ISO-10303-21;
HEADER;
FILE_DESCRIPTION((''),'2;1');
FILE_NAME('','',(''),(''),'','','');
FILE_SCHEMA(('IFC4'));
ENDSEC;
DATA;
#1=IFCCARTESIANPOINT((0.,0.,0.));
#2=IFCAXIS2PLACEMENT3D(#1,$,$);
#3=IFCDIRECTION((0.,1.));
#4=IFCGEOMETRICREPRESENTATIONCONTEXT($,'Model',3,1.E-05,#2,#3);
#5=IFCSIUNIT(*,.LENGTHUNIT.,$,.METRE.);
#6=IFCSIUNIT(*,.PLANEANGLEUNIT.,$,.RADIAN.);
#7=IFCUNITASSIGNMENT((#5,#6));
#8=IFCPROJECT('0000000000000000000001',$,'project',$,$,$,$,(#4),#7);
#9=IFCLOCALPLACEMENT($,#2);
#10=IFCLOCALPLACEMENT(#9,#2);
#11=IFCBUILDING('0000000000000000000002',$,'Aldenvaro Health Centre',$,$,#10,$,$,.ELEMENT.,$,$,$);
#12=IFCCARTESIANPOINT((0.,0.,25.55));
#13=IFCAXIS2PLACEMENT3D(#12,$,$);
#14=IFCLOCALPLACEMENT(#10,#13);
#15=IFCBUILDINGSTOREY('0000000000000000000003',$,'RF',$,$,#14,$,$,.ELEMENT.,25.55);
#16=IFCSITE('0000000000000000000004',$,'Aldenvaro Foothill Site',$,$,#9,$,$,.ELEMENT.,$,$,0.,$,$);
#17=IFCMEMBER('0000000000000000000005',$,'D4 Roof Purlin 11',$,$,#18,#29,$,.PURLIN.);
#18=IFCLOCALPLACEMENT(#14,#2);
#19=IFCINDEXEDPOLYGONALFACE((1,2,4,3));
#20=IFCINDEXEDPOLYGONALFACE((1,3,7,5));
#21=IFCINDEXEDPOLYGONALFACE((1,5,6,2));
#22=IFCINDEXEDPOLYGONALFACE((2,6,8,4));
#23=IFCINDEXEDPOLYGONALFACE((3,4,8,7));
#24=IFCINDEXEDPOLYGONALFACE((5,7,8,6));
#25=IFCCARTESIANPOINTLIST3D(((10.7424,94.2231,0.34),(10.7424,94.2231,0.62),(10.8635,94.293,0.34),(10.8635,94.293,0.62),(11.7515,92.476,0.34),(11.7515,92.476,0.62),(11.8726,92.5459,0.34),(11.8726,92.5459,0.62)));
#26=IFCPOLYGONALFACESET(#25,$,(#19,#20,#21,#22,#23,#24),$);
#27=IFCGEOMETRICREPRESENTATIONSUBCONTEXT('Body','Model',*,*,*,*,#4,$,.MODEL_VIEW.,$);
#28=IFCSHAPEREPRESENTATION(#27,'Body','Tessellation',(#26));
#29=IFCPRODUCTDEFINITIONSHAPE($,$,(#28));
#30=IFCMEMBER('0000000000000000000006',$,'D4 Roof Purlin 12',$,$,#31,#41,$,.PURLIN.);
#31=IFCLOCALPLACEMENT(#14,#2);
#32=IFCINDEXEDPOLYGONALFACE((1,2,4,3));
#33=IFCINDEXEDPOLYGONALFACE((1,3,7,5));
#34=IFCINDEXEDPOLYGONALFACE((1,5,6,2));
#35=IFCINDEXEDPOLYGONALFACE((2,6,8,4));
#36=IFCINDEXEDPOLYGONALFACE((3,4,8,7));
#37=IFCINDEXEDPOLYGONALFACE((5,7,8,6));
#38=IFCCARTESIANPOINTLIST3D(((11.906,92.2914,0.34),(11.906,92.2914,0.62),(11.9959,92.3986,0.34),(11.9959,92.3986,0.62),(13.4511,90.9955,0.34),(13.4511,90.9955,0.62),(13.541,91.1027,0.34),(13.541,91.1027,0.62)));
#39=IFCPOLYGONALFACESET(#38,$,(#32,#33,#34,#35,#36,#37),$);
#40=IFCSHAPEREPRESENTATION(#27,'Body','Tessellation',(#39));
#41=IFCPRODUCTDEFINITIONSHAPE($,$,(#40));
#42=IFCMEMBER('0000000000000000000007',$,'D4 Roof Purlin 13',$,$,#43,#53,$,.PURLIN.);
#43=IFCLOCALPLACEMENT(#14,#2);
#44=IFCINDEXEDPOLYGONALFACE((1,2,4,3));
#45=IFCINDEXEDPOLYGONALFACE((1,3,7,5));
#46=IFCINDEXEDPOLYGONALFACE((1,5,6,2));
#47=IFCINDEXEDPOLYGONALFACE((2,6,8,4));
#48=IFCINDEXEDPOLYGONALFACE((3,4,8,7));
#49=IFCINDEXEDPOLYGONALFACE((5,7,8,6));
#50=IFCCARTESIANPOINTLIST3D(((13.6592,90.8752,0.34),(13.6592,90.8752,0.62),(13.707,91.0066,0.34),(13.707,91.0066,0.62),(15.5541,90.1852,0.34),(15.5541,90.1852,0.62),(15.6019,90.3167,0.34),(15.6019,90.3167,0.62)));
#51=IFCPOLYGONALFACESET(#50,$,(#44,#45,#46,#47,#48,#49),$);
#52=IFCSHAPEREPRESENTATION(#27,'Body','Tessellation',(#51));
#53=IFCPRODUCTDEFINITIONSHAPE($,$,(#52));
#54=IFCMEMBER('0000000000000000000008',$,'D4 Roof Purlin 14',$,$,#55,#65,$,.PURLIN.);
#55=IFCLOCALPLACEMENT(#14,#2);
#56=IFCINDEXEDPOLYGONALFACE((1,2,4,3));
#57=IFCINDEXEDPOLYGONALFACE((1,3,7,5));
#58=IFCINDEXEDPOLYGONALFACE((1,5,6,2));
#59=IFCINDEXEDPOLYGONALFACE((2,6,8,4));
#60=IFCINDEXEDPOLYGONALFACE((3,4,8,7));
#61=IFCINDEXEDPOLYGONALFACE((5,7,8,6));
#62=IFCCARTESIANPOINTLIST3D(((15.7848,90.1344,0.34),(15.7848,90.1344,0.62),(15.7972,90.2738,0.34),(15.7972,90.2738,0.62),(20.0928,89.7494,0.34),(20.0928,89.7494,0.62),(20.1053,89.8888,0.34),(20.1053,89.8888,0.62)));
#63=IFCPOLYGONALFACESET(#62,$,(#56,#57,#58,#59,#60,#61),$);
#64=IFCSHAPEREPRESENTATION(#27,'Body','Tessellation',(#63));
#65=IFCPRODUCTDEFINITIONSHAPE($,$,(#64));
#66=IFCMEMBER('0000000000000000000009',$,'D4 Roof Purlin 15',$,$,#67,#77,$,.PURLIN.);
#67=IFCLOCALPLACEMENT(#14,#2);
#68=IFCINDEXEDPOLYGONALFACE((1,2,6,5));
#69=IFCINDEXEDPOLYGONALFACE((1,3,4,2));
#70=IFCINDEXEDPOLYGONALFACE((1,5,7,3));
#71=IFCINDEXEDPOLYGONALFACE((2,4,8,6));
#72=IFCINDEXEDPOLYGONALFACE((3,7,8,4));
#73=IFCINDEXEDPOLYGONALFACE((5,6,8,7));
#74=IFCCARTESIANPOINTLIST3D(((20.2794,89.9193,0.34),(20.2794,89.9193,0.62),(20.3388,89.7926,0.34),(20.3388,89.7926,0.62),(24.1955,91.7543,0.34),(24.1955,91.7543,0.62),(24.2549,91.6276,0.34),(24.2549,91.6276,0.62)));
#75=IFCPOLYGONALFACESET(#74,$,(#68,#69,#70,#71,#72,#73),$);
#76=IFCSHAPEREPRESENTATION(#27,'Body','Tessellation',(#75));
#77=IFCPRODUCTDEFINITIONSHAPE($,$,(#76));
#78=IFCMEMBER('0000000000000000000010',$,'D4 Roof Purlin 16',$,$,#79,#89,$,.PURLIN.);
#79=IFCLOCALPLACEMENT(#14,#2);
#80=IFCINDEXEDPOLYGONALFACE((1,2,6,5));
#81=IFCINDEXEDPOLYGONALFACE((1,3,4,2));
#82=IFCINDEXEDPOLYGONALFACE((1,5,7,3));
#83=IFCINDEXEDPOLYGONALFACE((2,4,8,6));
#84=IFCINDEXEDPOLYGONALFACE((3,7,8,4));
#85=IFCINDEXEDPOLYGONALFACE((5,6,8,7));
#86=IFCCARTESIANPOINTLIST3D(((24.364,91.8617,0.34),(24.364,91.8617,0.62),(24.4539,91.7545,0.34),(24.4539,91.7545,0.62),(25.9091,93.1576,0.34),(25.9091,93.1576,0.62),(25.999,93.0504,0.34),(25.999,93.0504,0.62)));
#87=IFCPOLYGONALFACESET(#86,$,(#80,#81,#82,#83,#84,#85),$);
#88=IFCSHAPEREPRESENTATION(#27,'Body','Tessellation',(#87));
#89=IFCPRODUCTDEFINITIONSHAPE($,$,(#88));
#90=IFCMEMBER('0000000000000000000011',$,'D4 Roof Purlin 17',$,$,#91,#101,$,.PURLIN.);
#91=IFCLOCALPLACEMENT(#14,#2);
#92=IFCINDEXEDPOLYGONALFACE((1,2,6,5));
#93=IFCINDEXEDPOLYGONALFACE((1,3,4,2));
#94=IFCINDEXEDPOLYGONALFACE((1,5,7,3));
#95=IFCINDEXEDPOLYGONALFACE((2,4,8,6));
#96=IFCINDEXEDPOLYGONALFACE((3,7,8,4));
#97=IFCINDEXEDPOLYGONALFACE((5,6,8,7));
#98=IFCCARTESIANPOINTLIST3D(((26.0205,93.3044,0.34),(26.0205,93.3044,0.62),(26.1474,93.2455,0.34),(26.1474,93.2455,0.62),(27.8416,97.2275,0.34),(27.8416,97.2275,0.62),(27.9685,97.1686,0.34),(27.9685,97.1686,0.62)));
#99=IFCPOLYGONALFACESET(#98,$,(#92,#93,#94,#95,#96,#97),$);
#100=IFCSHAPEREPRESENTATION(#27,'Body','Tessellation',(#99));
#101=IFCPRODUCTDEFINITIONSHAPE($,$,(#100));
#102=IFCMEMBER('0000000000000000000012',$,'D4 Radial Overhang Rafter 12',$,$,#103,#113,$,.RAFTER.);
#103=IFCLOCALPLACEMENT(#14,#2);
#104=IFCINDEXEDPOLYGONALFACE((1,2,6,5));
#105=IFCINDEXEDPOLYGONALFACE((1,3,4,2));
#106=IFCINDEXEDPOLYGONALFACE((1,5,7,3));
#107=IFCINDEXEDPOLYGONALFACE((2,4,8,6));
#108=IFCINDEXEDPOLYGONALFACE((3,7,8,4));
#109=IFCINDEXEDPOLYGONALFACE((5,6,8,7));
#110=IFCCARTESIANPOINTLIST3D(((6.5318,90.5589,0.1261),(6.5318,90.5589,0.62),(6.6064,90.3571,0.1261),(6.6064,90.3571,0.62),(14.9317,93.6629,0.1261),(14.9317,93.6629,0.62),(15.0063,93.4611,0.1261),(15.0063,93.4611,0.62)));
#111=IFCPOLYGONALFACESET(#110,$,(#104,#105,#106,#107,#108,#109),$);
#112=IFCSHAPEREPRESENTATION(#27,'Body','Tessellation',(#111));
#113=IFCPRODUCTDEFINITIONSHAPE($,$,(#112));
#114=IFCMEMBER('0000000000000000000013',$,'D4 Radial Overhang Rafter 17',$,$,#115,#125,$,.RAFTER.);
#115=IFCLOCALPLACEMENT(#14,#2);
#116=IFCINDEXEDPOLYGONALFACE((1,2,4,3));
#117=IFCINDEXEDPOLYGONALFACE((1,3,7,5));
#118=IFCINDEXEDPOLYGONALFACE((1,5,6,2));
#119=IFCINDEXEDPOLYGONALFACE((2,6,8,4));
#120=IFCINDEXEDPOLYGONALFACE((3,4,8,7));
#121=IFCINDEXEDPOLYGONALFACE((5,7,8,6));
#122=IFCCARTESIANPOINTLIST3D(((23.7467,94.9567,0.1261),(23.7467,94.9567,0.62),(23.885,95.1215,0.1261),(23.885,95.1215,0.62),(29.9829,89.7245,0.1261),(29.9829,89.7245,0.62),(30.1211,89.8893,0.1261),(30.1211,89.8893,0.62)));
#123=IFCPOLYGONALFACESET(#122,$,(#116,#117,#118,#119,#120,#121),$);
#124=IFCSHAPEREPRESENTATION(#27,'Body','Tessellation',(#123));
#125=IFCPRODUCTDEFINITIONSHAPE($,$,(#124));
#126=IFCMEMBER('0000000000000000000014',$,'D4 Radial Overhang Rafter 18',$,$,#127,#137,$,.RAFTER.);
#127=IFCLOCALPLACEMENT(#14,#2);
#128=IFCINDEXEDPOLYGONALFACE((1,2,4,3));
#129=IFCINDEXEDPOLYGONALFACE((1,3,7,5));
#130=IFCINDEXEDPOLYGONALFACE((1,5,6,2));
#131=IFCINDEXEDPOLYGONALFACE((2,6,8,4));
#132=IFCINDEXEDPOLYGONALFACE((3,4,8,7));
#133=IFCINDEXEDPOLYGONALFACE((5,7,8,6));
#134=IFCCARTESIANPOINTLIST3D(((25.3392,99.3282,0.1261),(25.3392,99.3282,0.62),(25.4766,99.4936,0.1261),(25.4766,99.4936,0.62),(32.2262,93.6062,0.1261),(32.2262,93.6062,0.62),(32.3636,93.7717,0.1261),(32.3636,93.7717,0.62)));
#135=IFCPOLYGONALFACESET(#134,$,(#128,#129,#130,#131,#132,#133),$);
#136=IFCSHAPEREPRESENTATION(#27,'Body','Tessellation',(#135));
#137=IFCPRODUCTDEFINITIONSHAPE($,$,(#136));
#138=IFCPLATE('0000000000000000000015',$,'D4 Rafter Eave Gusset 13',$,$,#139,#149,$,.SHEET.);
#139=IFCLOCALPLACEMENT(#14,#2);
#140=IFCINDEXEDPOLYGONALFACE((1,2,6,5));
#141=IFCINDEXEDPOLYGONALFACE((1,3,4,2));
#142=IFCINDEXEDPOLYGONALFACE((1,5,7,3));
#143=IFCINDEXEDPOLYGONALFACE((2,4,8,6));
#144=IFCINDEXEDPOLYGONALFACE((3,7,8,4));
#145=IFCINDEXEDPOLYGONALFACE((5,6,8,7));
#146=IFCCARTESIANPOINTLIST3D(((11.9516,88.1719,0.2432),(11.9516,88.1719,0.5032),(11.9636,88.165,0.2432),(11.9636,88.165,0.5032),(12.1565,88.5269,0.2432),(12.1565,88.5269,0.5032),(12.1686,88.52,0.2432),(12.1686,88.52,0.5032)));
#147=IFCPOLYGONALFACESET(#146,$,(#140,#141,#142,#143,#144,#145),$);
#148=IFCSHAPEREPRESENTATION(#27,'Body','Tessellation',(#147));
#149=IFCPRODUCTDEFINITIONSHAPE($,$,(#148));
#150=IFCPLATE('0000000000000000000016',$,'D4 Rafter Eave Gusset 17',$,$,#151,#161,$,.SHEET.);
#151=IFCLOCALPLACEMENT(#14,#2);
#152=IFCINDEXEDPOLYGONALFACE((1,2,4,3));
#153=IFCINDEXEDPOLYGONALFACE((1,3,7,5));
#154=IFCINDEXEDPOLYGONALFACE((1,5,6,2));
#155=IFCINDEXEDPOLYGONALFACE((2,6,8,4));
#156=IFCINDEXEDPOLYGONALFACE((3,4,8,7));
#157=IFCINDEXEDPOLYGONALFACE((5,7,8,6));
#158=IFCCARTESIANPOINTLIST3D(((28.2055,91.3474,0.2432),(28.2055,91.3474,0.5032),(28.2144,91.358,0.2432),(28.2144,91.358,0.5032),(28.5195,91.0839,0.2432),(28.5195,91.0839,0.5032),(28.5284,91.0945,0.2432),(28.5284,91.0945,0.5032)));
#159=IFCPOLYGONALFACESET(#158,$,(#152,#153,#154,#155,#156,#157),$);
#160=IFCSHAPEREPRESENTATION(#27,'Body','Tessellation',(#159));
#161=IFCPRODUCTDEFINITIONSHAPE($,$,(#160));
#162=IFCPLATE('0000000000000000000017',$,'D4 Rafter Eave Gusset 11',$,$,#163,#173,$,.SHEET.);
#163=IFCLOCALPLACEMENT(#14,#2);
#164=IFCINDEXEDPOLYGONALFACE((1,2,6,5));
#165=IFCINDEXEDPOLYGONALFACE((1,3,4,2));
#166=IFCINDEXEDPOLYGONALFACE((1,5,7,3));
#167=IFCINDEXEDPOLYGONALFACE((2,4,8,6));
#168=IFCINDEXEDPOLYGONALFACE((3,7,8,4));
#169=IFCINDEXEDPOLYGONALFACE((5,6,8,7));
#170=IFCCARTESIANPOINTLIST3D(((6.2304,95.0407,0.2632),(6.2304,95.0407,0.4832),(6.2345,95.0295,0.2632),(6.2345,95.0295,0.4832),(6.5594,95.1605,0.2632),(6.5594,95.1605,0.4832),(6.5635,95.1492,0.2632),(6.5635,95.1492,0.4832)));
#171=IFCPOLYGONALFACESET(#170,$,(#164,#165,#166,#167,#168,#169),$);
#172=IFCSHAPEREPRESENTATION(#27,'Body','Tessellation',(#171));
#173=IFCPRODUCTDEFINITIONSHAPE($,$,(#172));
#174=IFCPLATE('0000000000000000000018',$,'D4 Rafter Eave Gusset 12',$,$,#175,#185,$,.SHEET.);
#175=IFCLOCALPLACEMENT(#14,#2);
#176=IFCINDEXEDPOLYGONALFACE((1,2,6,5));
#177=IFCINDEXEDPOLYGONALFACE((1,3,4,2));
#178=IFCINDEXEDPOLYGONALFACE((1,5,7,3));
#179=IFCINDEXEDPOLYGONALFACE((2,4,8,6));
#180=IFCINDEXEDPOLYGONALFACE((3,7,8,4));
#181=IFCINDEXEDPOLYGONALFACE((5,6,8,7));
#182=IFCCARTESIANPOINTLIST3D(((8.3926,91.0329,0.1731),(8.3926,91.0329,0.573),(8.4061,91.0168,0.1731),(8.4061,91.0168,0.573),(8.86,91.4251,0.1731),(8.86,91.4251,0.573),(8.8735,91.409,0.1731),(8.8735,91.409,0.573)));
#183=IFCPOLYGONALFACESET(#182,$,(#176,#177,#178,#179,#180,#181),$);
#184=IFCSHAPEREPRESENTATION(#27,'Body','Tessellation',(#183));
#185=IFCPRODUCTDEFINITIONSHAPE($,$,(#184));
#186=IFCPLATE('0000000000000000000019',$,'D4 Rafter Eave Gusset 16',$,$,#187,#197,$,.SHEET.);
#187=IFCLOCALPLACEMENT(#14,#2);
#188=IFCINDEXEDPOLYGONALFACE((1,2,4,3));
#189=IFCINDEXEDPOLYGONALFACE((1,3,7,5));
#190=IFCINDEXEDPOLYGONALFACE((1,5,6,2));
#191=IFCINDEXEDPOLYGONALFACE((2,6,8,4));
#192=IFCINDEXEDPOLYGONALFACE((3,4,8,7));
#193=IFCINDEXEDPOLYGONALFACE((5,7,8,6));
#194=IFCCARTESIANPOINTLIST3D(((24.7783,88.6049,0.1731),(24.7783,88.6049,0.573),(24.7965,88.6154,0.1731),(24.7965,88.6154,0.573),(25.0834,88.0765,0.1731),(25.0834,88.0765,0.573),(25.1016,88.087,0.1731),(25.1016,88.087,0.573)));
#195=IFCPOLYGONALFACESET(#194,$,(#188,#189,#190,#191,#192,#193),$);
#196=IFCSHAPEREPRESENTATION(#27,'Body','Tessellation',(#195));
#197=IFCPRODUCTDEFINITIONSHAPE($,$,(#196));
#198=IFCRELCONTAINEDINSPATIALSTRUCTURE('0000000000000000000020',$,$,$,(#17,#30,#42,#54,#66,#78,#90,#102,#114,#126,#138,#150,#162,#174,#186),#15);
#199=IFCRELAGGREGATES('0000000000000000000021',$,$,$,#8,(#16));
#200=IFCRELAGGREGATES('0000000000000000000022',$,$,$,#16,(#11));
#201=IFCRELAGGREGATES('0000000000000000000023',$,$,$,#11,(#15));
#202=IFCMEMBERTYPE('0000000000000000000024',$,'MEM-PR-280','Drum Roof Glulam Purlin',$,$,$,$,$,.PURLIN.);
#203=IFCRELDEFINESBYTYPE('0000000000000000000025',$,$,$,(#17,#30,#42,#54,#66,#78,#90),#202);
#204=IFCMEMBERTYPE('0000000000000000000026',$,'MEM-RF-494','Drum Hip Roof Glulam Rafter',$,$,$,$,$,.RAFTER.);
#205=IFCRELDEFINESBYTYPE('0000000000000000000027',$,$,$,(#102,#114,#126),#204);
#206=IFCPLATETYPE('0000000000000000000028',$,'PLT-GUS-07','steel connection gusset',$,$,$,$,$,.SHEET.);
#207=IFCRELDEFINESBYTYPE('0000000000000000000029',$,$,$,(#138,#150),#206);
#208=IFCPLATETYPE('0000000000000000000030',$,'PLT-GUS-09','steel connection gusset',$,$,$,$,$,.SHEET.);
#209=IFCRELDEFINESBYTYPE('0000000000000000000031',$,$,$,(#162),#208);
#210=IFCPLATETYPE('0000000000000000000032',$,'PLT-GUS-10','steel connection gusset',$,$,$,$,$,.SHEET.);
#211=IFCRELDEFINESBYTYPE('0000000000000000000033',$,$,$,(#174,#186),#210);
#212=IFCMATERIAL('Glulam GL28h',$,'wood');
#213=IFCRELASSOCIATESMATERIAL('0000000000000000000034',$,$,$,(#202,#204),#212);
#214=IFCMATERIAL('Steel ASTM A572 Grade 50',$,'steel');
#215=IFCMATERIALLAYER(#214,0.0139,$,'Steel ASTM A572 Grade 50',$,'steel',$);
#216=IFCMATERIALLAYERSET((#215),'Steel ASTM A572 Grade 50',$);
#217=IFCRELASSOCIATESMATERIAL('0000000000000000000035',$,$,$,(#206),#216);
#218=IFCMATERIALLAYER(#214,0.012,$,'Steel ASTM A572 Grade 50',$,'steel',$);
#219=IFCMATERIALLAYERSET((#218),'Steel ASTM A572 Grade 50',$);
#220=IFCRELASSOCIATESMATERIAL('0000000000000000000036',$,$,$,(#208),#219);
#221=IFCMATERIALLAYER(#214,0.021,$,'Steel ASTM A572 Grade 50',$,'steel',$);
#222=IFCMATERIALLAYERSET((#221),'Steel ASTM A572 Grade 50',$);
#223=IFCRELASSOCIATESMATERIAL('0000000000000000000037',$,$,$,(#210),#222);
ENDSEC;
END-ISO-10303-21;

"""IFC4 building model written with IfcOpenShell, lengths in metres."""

from ifc_helpers import new_model, si_unit, direction, frame, origin, origin_2d, place, context, subcontext, project, spatial, rectangle, extrude, material, layer, layer_set, material_profile, profile_set, type_object, element, save


model = new_model("IFC4")

# Units and contexts
model_context = context("Model", 3, precision=1e-05, world=origin(), true_north=direction((0.0, 1.0)))
body_context = subcontext(model_context, "Body", "Model", "MODEL_VIEW")
ifc_project = project(units=[si_unit("LENGTHUNIT", "METRE"), si_unit("PLANEANGLEUNIT", "RADIAN")], contexts=[model_context])

# Site, building, storey
site_placement = place(None, origin())
site = spatial("IfcSite", under=ifc_project, at=site_placement, Name="Aldenvaro Foothill Site", CompositionType="ELEMENT", RefElevation=0.0)
building_placement = place(site_placement, origin())
building = spatial("IfcBuilding", under=site, at=building_placement, Name="Aldenvaro Health Centre", CompositionType="ELEMENT")
storey_placement = place(building_placement, frame((0.0, 0.0, 25.55)))
storey = spatial("IfcBuildingStorey", under=building, at=storey_placement, Name="RF", CompositionType="ELEMENT", Elevation=25.55)

# Shared definitions
ifc_material_1 = material(Name="Glulam GL28h", Category="wood")

# Members
ifc_material_profile_1 = material_profile(ifc_material_1, rectangle(XDim=0.1399, YDim=0.28, at=origin_2d()), Name="GL 140x280", Category="wood")
ifc_profile_set_1 = profile_set([ifc_material_profile_1], Name="Glulam GL28h")
member_type_1 = type_object("IfcMemberType", Name="MEM-PR-280", Description="Drum Roof Glulam Purlin", PredefinedType="PURLIN", material=ifc_profile_set_1)
member_1_placement = place(storey_placement, frame((10.803, 94.2581, 0.48), z_axis=(0.500134, -0.865948, 0.0), x_axis=(0.865948, 0.500134, 0.0)))
element("IfcMember", 1, at=member_1_placement, inside=storey, type_object=member_type_1, Name="D4 Roof Purlin 11", PredefinedType="PURLIN", context=body_context, shape_type="SweptSolid", body=[
    extrude(rectangle(XDim=0.1399, YDim=0.28, at=origin_2d()), origin(), (0.0, 0.0, 1.0), 2.0176),
])
for number, where, z_axis, x_axis, name in (
    (2, (11.9509, 92.345, 0.48), (0.766203, -0.642599, 0.0), (0.642599, 0.766203, 0.0), "D4 Roof Purlin 12"),
    (3, (13.6831, 90.9409, 0.48), (0.939645, -0.342151, 0.0), (0.342151, 0.939645, 0.0), "D4 Roof Purlin 13"),
):
    element("IfcMember", number, at=place(storey_placement, frame(where, z_axis=z_axis, x_axis=x_axis)), inside=storey, type_object=member_type_1, Name=name, PredefinedType="PURLIN", context=body_context, shape_type="SweptSolid", body=[
        extrude(rectangle(XDim=0.1399, YDim=0.28, at=origin_2d()), origin(), (0.0, 0.0, 1.0), 2.0166),
    ])
member_2_placement = place(storey_placement, frame((15.791, 90.2041, 0.48), z_axis=(0.99603, -0.089014, 0.0), x_axis=(0.089014, 0.99603, 0.0)))
element("IfcMember", 4, at=member_2_placement, inside=storey, type_object=member_type_1, Name="D4 Roof Purlin 14", PredefinedType="PURLIN", context=body_context, shape_type="SweptSolid", body=[
    extrude(rectangle(XDim=0.1399, YDim=0.28, at=origin_2d()), origin(), (0.0, 0.0, 1.0), 4.3252),
])
member_3_placement = place(storey_placement, frame((20.3091, 89.856, 0.48), z_axis=(0.905519, 0.424307, 0.0), x_axis=(-0.424307, 0.905519, 0.0)))
element("IfcMember", 5, at=member_3_placement, inside=storey, type_object=member_type_1, Name="D4 Roof Purlin 15", PredefinedType="PURLIN", context=body_context, shape_type="SweptSolid", body=[
    extrude(rectangle(XDim=0.1399, YDim=0.28, at=origin_2d()), origin(), (0.0, 0.0, 1.0), 4.3247),
])
member_4_placement = place(storey_placement, frame((24.4089, 91.8081, 0.48), z_axis=(0.766203, 0.642599, 0.0), x_axis=(-0.642599, 0.766203, 0.0)))
element("IfcMember", 6, at=member_4_placement, inside=storey, type_object=member_type_1, Name="D4 Roof Purlin 16", PredefinedType="PURLIN", context=body_context, shape_type="SweptSolid", body=[
    extrude(rectangle(XDim=0.1399, YDim=0.28, at=origin_2d()), origin(), (0.0, 0.0, 1.0), 2.0166),
])
member_5_placement = place(storey_placement, frame((26.084, 93.2749, 0.48), z_axis=(0.421037, 0.907044, 0.0), x_axis=(-0.907044, 0.421037, 0.0)))
element("IfcMember", 7, at=member_5_placement, inside=storey, type_object=member_type_1, Name="D4 Roof Purlin 17", PredefinedType="PURLIN", context=body_context, shape_type="SweptSolid", body=[
    extrude(rectangle(XDim=0.1399, YDim=0.28, at=origin_2d()), origin(), (0.0, 0.0, 1.0), 4.3252),
])
ifc_material_profile_2 = material_profile(ifc_material_1, rectangle(XDim=0.2151, YDim=0.4939, at=origin_2d()), Name="GL 215x494", Category="wood")
ifc_profile_set_2 = profile_set([ifc_material_profile_2], Name="Glulam GL28h")
member_type_2 = type_object("IfcMemberType", Name="MEM-RF-494", Description="Drum Hip Roof Glulam Rafter", PredefinedType="RAFTER", material=ifc_profile_set_2)
member_6_placement = place(storey_placement, frame((6.5691, 90.458, 0.373), z_axis=(0.938006, 0.34662, 0.0), x_axis=(-0.34662, 0.938006, 0.0)))
element("IfcMember", 8, at=member_6_placement, inside=storey, type_object=member_type_2, Name="D4 Radial Overhang Rafter 12", PredefinedType="RAFTER", context=body_context, shape_type="SweptSolid", body=[
    extrude(rectangle(XDim=0.2151, YDim=0.4939, at=origin_2d()), origin(), (0.0, 0.0, 1.0), 8.9551),
])
member_7_placement = place(storey_placement, frame((30.052, 89.8069, 0.373), z_axis=(-0.766076, 0.64275, 0.0), x_axis=(-0.64275, -0.766076, 0.0)))
element("IfcMember", 9, at=member_7_placement, inside=storey, type_object=member_type_2, Name="D4 Radial Overhang Rafter 17", PredefinedType="RAFTER", context=body_context, shape_type="SweptSolid", body=[
    extrude(rectangle(XDim=0.2151, YDim=0.4939, at=origin_2d()), origin(), (0.0, 0.0, 1.0), 8.1404),
])
member_8_placement = place(storey_placement, frame((32.2949, 93.689, 0.373), z_axis=(-0.769166, 0.639049, 0.0), x_axis=(-0.639049, -0.769166, 0.0)))
element("IfcMember", 10, at=member_8_placement, inside=storey, type_object=member_type_2, Name="D4 Radial Overhang Rafter 18", PredefinedType="RAFTER", context=body_context, shape_type="SweptSolid", body=[
    extrude(rectangle(XDim=0.2151, YDim=0.4939, at=origin_2d()), origin(), (0.0, 0.0, 1.0), 8.9539),
])

# Plates
ifc_material_2 = material(Name="Steel ASTM A572 Grade 50", Category="steel")
ifc_layer_1 = layer(ifc_material_2, 0.0139, Name="Steel ASTM A572 Grade 50", Category="steel")
ifc_layer_set_1 = layer_set([ifc_layer_1], Name="Steel ASTM A572 Grade 50")
plate_type_1 = type_object("IfcPlateType", Name="PLT-GUS-07", Description="steel connection gusset", PredefinedType="SHEET", material=ifc_layer_set_1)
for number, where, z_axis, x_axis, name in (
    (11, (12.0601, 88.3459, 0.2432), (0.0, 0.0, 1.0), (-0.500014, -0.866017, 0.0), "D4 Rafter Eave Gusset 13"),
    (12, (28.3669, 91.2209, 0.2432), (0.0, 0.0, 1.0), (0.76606, -0.64277, 0.0), "D4 Rafter Eave Gusset 17"),
):
    element("IfcPlate", number, at=place(storey_placement, frame(where, z_axis=z_axis, x_axis=x_axis)), inside=storey, type_object=plate_type_1, Name=name, PredefinedType="SHEET", context=body_context, shape_type="SweptSolid", body=[
        extrude(rectangle(XDim=0.4099, YDim=0.0139, at=origin_2d()), origin(), (0.0, 0.0, 1.0), 0.26),
    ])
ifc_layer_2 = layer(ifc_material_2, 0.012, Name="Steel ASTM A572 Grade 50", Category="steel")
ifc_layer_set_2 = layer_set([ifc_layer_2], Name="Steel ASTM A572 Grade 50")
plate_type_2 = type_object("IfcPlateType", Name="PLT-GUS-09", Description="steel connection gusset", PredefinedType="SHEET", material=ifc_layer_set_2)
plate_placement = place(storey_placement, frame((6.397, 95.095, 0.2632), z_axis=(0.0, 0.0, 1.0), x_axis=(-0.939696, -0.342011, 0.0)))
element("IfcPlate", 13, at=plate_placement, inside=storey, type_object=plate_type_2, Name="D4 Rafter Eave Gusset 11", PredefinedType="SHEET", context=body_context, shape_type="SweptSolid", body=[
    extrude(rectangle(XDim=0.3501, YDim=0.012, at=origin_2d()), origin(), (0.0, 0.0, 1.0), 0.22),
])
ifc_layer_3 = layer(ifc_material_2, 0.021, Name="Steel ASTM A572 Grade 50", Category="steel")
ifc_layer_set_3 = layer_set([ifc_layer_3], Name="Steel ASTM A572 Grade 50")
plate_type_3 = type_object("IfcPlateType", Name="PLT-GUS-10", Description="steel connection gusset", PredefinedType="SHEET", material=ifc_layer_set_3)
for number, where, z_axis, x_axis, name in (
    (14, (8.6331, 91.2209, 0.1731), (0.0, 0.0, 1.0), (-0.76606, -0.64277, 0.0), "D4 Rafter Eave Gusset 12"),
    (15, (24.9399, 88.3459, 0.1731), (0.0, 0.0, 1.0), (0.500014, -0.866017, 0.0), "D4 Rafter Eave Gusset 16"),
):
    element("IfcPlate", number, at=place(storey_placement, frame(where, z_axis=z_axis, x_axis=x_axis)), inside=storey, type_object=plate_type_3, Name=name, PredefinedType="SHEET", context=body_context, shape_type="SweptSolid", body=[
        extrude(rectangle(XDim=0.6101, YDim=0.021, at=origin_2d()), origin(), (0.0, 0.0, 1.0), 0.3999),
    ])

save(model, "model.ifc")
